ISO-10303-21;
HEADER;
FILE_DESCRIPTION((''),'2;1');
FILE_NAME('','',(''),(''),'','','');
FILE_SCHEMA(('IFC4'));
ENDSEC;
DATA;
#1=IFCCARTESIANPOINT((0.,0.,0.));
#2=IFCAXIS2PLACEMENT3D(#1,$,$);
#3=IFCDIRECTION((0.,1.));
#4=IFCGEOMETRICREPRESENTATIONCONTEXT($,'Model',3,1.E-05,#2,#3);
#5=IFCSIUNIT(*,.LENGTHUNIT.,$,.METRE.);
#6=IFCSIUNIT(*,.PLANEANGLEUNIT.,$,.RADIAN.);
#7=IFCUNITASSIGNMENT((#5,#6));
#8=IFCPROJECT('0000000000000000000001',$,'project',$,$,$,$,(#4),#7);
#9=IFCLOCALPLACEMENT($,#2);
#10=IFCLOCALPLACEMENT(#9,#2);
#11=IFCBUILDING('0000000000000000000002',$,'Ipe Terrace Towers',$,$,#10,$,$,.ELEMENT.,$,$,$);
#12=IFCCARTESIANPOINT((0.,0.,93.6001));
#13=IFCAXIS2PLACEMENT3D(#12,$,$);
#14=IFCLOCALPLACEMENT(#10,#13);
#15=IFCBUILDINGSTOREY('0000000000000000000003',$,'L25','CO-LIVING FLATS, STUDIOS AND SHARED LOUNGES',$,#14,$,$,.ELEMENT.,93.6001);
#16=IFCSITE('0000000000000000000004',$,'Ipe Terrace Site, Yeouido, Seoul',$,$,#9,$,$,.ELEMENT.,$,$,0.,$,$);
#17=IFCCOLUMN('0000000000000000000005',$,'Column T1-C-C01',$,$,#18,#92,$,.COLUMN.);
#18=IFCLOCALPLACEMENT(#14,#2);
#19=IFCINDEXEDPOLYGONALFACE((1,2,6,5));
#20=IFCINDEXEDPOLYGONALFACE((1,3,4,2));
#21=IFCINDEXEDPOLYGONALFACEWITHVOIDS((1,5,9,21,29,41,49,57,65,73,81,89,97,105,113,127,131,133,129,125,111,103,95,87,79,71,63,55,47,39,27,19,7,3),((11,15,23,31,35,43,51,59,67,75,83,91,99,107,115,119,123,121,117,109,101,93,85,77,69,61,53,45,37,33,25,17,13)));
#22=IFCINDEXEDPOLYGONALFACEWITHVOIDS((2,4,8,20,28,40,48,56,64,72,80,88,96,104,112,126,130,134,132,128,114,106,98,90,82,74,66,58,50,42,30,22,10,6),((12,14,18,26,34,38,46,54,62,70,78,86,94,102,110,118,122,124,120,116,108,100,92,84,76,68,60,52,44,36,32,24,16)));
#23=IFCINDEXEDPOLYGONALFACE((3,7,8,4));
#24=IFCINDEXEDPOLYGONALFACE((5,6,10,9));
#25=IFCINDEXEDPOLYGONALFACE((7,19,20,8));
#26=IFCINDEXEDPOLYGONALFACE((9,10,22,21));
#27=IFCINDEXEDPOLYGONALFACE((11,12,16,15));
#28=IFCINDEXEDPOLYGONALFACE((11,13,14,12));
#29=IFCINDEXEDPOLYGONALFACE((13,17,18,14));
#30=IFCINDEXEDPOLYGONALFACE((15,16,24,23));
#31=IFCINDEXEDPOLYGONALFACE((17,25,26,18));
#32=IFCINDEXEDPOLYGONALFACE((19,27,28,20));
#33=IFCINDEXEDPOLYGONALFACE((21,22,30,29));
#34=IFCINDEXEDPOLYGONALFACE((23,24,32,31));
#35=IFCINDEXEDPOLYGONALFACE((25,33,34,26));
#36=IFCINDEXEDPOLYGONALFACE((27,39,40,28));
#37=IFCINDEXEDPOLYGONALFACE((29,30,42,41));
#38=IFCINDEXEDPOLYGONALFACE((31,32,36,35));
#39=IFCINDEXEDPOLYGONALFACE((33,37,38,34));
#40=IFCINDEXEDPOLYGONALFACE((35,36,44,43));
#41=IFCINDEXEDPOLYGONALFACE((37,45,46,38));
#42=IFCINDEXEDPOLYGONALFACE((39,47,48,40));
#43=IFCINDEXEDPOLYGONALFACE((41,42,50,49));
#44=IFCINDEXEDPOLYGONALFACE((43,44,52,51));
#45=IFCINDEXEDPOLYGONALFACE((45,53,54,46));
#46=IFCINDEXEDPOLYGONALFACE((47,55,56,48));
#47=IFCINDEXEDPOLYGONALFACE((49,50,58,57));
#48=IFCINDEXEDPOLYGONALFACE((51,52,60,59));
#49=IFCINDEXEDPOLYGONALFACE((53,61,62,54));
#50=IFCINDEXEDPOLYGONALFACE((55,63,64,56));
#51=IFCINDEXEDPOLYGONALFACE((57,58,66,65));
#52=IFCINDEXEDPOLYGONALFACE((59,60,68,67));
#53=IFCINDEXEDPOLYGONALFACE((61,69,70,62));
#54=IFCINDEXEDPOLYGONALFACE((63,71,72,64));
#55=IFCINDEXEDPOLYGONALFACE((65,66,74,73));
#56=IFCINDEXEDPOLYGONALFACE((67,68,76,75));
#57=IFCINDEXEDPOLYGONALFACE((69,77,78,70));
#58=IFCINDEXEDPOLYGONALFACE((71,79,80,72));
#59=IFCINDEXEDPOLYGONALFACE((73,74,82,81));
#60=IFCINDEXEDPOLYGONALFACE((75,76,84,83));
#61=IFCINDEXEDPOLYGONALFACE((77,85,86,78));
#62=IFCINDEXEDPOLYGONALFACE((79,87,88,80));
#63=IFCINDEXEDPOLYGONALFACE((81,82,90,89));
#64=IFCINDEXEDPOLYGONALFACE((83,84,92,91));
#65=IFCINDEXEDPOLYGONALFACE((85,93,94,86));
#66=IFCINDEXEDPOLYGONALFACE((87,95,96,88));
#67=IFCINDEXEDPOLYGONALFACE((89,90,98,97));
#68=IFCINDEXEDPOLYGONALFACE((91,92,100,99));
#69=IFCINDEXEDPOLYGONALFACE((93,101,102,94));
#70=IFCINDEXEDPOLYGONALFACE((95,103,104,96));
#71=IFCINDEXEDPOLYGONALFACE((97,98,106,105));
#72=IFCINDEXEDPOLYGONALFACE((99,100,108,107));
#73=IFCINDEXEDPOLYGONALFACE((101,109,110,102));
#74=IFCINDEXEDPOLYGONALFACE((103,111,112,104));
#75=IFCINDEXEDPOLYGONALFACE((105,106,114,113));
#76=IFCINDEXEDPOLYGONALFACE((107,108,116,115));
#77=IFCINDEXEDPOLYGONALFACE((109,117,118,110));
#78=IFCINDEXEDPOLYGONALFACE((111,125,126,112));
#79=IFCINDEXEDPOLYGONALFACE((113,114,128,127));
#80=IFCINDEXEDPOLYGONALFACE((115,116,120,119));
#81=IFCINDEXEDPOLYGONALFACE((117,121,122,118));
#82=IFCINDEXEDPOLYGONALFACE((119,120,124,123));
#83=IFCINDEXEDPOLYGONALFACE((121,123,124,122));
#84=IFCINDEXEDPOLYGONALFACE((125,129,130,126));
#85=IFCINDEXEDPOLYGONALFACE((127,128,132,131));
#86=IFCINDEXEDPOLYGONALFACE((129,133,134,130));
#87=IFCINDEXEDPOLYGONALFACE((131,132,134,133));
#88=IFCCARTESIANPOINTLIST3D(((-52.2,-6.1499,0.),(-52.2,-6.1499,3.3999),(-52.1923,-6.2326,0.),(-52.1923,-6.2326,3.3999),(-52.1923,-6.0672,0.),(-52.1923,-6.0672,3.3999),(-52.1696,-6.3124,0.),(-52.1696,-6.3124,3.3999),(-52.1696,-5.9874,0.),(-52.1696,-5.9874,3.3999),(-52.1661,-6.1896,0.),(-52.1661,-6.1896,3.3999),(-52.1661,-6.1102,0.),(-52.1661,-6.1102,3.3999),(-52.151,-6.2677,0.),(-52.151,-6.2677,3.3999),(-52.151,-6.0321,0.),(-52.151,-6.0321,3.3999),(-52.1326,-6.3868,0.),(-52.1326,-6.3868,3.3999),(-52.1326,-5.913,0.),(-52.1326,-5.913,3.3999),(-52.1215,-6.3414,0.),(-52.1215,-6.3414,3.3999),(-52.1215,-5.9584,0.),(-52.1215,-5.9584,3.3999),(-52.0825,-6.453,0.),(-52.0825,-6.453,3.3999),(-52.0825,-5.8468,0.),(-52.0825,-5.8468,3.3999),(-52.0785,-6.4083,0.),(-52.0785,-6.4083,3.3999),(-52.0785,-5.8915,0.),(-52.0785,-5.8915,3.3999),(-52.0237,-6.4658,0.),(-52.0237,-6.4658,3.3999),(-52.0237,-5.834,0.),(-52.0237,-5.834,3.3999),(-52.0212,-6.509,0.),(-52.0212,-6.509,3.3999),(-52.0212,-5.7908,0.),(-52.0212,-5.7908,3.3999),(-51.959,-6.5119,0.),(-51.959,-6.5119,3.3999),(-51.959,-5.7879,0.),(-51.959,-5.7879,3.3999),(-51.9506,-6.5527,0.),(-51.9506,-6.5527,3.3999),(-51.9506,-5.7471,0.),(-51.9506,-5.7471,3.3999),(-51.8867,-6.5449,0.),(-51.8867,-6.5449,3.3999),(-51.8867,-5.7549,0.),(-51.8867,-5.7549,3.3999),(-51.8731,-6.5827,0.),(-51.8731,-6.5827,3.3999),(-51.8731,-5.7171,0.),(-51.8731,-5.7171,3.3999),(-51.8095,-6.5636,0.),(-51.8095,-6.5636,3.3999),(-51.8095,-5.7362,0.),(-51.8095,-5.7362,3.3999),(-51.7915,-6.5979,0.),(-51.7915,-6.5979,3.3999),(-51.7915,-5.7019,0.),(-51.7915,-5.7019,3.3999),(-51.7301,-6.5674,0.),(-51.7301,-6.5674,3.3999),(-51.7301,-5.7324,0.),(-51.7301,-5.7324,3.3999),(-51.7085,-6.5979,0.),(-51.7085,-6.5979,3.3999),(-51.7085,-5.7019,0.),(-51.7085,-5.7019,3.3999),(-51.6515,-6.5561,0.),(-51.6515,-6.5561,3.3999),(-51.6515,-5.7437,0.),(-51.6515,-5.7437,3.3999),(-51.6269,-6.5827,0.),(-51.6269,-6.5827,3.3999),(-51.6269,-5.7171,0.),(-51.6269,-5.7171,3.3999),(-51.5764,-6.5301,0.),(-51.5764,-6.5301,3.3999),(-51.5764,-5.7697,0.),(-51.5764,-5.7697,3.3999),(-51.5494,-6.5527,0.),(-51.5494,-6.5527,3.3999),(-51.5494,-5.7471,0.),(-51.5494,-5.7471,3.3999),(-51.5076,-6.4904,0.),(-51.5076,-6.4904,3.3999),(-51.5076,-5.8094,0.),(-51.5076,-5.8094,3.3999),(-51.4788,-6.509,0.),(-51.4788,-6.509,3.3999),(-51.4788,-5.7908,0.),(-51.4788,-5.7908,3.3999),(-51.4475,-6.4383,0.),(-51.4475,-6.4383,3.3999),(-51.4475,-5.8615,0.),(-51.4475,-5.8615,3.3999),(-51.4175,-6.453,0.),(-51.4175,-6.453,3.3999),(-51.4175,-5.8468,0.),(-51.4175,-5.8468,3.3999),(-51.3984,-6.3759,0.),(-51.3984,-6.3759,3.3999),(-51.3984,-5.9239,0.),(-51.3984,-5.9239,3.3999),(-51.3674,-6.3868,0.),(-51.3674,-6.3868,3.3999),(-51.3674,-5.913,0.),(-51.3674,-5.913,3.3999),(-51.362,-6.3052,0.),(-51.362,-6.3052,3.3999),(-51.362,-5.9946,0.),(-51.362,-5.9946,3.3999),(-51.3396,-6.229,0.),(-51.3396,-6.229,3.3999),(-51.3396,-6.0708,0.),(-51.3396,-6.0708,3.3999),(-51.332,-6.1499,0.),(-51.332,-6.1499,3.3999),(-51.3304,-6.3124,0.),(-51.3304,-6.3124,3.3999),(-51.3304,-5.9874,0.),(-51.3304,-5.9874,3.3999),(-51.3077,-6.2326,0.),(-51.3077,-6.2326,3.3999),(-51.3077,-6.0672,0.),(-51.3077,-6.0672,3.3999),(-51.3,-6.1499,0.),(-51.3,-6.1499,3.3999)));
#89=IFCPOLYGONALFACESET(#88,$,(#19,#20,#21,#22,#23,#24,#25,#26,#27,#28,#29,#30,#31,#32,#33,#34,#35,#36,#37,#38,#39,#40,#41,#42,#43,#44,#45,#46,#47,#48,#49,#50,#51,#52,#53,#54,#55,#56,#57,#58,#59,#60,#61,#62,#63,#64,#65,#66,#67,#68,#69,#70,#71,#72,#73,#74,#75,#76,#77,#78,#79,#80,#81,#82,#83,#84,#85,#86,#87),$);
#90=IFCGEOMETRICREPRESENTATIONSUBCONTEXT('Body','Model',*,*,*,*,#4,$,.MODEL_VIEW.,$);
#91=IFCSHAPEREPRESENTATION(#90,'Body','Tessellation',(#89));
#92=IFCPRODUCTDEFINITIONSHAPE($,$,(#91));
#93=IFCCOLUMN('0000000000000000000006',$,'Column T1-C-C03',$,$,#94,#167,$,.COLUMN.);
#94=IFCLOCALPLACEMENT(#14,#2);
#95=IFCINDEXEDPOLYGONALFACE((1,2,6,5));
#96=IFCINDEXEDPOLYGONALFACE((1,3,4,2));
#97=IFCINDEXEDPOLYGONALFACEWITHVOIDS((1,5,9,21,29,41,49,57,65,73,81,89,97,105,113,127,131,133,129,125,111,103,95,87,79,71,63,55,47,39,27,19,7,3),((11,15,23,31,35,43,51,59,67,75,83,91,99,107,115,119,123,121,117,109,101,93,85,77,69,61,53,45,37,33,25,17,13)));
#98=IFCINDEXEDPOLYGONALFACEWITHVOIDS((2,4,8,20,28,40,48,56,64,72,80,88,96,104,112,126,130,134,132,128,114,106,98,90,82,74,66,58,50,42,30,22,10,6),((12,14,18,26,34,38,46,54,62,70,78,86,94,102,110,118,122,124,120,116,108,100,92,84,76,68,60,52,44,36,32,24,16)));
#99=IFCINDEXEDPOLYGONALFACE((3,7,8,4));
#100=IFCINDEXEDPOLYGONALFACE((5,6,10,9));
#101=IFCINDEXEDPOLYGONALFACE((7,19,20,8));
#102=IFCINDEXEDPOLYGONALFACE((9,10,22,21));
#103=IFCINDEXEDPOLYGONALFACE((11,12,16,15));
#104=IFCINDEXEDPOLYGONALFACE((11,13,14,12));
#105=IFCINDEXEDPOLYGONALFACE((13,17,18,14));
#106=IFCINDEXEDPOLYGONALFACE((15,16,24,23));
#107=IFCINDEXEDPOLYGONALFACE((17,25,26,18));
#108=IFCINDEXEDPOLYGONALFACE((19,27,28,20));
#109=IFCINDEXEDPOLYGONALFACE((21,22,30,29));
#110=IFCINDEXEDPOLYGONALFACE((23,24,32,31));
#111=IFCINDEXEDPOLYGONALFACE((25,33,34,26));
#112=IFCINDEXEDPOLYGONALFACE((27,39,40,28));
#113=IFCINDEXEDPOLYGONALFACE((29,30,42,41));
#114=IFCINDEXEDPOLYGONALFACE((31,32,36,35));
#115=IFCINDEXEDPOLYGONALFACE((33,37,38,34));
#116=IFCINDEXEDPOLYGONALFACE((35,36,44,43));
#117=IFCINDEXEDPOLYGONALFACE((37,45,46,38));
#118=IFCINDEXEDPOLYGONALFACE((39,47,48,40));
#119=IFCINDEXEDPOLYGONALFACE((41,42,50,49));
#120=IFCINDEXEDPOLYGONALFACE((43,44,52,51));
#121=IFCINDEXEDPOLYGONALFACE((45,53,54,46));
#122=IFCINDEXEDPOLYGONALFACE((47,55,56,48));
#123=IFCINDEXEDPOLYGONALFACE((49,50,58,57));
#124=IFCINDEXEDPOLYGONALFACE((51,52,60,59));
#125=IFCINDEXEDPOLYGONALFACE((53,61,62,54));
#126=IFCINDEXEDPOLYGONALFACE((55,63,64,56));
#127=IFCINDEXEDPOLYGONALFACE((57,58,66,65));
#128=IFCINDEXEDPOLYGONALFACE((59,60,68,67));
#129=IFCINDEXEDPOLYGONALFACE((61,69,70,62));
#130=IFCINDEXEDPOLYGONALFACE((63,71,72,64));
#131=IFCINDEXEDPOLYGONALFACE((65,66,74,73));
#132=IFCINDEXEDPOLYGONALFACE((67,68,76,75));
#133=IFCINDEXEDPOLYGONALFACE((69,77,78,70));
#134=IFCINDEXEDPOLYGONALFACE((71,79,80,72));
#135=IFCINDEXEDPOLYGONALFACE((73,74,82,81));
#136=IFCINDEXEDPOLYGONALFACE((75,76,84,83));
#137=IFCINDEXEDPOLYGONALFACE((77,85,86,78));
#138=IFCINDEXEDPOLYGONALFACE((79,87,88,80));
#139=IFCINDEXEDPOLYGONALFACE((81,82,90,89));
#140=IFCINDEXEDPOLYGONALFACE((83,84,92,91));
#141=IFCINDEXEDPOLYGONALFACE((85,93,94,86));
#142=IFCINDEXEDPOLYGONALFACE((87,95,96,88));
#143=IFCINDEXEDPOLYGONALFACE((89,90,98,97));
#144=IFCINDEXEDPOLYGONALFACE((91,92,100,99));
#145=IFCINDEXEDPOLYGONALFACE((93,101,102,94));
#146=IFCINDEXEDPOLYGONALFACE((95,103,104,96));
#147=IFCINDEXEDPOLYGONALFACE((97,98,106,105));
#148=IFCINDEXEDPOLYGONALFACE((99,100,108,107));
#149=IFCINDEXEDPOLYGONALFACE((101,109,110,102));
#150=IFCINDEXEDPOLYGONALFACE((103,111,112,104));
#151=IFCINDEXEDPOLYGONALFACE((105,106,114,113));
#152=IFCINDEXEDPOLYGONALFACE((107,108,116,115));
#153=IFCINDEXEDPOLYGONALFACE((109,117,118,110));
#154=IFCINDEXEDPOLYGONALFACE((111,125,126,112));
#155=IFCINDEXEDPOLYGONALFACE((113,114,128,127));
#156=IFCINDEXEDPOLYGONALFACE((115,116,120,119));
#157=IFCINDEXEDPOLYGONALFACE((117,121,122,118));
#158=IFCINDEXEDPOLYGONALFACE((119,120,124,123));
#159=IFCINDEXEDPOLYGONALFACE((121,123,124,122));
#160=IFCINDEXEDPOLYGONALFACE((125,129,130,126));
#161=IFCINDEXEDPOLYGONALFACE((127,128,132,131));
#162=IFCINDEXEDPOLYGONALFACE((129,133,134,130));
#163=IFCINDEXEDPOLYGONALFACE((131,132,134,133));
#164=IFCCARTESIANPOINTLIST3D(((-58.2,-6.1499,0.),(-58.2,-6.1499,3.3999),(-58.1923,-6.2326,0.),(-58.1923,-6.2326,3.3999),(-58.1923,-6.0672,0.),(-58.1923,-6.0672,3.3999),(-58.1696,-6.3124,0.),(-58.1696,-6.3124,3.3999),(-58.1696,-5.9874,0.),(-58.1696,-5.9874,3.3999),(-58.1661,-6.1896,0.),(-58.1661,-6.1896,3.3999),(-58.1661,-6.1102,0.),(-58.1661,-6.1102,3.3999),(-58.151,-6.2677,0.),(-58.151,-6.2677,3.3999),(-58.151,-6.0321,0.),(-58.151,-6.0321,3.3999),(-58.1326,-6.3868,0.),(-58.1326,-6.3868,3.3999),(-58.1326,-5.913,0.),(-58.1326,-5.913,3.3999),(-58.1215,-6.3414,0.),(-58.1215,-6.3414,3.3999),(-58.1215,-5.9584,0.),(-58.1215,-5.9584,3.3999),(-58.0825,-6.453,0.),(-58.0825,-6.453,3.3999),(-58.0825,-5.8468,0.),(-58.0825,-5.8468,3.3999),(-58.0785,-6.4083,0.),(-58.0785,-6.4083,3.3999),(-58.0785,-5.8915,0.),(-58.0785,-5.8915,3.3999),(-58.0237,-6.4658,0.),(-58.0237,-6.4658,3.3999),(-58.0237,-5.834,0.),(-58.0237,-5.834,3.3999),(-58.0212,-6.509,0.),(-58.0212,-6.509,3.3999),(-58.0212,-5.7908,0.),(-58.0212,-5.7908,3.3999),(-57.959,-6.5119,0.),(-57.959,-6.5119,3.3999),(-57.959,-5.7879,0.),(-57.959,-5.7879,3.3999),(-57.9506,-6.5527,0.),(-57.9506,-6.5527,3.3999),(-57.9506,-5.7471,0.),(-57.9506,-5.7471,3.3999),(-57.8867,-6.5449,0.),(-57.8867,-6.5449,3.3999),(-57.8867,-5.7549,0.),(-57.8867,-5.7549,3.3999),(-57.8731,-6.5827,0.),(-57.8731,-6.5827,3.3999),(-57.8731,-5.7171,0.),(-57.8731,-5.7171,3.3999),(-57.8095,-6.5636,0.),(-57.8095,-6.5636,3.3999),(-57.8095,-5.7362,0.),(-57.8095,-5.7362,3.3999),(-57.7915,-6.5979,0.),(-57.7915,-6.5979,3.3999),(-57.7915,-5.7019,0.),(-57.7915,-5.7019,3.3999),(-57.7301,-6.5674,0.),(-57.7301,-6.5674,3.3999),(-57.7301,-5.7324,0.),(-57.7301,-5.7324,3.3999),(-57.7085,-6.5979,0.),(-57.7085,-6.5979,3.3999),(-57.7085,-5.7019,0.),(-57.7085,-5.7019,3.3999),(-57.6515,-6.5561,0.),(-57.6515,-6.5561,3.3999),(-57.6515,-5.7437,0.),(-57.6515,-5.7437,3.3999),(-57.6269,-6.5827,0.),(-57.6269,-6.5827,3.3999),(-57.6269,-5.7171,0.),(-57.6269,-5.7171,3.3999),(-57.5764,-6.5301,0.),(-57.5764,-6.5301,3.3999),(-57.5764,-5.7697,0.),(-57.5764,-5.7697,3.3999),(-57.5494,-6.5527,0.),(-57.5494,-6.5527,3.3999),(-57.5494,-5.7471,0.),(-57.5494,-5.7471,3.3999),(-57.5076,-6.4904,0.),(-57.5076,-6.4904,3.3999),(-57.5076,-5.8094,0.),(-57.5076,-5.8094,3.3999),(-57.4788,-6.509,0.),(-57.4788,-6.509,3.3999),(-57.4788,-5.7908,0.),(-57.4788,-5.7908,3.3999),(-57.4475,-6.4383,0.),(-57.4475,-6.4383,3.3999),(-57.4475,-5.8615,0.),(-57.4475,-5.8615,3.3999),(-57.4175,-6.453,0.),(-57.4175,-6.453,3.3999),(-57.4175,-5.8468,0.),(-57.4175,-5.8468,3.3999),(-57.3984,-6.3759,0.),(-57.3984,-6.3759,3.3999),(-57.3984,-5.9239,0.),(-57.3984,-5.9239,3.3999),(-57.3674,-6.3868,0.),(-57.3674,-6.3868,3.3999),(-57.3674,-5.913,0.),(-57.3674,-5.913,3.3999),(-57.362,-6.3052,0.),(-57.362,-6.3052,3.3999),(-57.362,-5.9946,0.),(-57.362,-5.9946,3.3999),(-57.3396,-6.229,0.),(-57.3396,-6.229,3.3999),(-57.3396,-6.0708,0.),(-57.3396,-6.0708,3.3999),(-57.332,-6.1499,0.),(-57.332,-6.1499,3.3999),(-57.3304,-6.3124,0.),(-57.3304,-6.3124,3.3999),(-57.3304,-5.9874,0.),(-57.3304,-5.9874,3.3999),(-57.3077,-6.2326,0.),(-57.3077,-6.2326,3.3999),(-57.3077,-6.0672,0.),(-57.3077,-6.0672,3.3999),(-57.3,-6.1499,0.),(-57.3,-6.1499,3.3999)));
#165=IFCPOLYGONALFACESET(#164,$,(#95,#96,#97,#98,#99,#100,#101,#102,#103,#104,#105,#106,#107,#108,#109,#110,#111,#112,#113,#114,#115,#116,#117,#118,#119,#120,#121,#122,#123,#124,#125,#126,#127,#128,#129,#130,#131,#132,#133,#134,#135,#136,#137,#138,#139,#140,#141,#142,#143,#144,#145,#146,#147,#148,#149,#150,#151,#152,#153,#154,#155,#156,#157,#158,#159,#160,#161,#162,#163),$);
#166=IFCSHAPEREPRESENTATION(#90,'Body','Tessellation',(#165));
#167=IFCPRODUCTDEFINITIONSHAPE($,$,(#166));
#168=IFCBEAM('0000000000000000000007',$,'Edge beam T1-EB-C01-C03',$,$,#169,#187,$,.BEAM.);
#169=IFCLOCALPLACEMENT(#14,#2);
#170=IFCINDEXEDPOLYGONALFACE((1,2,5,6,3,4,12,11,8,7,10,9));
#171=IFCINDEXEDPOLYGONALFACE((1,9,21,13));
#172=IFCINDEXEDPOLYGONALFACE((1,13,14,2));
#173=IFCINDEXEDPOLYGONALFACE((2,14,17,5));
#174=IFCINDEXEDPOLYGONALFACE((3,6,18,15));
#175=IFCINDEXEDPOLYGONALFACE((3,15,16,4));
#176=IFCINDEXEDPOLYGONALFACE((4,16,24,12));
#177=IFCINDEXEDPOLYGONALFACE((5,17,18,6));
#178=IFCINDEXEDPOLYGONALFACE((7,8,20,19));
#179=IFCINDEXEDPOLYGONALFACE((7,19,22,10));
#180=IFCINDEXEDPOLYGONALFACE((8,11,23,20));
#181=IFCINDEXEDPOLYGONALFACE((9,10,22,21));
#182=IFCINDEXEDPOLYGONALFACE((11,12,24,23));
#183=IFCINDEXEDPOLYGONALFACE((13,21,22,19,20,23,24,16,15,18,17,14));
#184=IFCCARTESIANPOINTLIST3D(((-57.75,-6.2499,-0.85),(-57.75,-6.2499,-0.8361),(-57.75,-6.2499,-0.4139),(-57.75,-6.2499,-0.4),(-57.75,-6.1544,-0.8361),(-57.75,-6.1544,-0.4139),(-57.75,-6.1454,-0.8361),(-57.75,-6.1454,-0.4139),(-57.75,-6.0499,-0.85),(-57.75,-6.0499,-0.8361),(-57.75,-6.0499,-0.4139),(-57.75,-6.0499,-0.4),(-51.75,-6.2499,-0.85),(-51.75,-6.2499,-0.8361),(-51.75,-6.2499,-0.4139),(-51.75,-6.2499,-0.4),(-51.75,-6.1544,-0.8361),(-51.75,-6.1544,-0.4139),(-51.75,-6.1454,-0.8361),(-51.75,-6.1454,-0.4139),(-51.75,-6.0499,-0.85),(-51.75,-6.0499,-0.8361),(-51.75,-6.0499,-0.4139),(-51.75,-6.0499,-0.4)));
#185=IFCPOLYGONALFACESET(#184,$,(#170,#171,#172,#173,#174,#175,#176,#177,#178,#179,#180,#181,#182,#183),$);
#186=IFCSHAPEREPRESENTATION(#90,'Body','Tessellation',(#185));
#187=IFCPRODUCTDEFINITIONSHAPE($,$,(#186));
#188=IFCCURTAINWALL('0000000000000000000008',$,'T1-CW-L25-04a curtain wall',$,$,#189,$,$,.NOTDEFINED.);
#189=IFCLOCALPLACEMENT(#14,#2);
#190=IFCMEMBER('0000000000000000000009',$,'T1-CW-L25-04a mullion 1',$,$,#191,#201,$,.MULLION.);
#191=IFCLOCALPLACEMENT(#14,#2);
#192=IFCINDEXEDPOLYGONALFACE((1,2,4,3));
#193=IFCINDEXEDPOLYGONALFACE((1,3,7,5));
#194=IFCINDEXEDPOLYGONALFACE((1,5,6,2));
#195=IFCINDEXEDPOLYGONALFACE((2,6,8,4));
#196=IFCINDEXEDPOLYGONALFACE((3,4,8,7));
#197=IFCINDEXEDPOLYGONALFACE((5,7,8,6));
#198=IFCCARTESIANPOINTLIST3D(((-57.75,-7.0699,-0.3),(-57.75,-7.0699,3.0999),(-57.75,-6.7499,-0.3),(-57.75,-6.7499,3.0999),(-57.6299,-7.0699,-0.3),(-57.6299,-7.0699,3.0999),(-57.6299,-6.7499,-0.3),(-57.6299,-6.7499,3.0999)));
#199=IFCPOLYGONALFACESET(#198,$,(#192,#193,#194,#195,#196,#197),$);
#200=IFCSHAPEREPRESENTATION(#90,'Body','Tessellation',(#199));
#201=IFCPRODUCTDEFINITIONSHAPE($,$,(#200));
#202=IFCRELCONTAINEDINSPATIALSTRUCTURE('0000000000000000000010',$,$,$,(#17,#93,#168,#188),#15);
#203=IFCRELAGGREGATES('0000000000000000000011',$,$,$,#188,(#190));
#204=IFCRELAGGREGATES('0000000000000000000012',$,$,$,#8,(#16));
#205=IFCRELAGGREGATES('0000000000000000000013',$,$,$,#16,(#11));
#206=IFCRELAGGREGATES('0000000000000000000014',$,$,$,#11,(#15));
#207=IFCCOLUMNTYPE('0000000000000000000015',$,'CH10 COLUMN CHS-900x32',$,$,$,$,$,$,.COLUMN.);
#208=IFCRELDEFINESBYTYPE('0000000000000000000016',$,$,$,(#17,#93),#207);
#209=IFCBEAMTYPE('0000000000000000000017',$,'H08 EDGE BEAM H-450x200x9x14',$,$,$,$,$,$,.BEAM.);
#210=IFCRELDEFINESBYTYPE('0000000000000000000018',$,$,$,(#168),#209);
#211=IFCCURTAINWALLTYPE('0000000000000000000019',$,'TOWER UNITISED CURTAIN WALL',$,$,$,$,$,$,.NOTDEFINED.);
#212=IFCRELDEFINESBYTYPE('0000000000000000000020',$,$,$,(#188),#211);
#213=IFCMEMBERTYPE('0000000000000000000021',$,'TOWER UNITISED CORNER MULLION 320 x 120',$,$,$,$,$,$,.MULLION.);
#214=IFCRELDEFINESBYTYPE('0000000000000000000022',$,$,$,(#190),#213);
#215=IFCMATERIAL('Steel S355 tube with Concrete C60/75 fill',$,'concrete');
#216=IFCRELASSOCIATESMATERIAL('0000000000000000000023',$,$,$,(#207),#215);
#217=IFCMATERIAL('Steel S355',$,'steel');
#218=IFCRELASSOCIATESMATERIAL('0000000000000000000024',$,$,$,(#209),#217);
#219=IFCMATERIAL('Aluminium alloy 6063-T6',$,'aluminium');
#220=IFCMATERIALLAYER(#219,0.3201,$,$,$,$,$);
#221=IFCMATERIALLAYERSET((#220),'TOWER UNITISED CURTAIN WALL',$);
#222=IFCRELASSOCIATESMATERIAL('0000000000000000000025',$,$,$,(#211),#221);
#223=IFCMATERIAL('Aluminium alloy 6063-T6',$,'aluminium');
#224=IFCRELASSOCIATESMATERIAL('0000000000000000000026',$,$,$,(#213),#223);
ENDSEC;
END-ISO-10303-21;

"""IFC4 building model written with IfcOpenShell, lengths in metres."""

from ifc_helpers import new_model, si_unit, direction, frame, origin, origin_2d, place, context, subcontext, project, spatial, rectangle, hollow_circle, i_section, extrude, material, layer, layer_set, material_profile, profile_set, type_object, element, aggregate, save


model = new_model("IFC4")

# Units and contexts
model_context = context("Model", 3, precision=1e-05, world=origin(), true_north=direction((0.0, 1.0)))
body_context = subcontext(model_context, "Body", "Model", "MODEL_VIEW")
ifc_project = project(units=[si_unit("LENGTHUNIT", "METRE"), si_unit("PLANEANGLEUNIT", "RADIAN")], contexts=[model_context])

# Site, building, storey
site_placement = place(None, origin())
site = spatial("IfcSite", under=ifc_project, at=site_placement, Name="Ipe Terrace Site, Yeouido, Seoul", CompositionType="ELEMENT", RefElevation=0.0)
building_placement = place(site_placement, origin())
building = spatial("IfcBuilding", under=site, at=building_placement, Name="Ipe Terrace Towers", CompositionType="ELEMENT")
storey_placement = place(building_placement, frame((0.0, 0.0, 93.6001)))
storey = spatial("IfcBuildingStorey", under=building, at=storey_placement, Name="L25", Description="CO-LIVING FLATS, STUDIOS AND SHARED LOUNGES", CompositionType="ELEMENT", Elevation=93.6001)

# Columns
ifc_material_1 = material(Name="Steel S355 tube with Concrete C60/75 fill", Category="concrete")
ifc_material_profile_1 = material_profile(ifc_material_1, hollow_circle(Radius=0.45, WallThickness=0.032, at=origin_2d()), Name="CHS-900x32")
ifc_profile_set_1 = profile_set([ifc_material_profile_1], Name="Steel S355 tube with Concrete C60/75 fill")
column_type = type_object("IfcColumnType", Name="CH10 COLUMN CHS-900x32", PredefinedType="COLUMN", material=ifc_profile_set_1)
for number, where, z_axis, x_axis, name in (
    (1, (-51.75, -6.1499, 0.0), (0.0, 0.0, 1.0), (1.0, 0.0, 0.0), "Column T1-C-C01"),
    (2, (-57.75, -6.1499, 0.0), (0.0, 0.0, 1.0), (1.0, 0.0, 0.0), "Column T1-C-C03"),
):
    element("IfcColumn", number, at=place(storey_placement, frame(where, z_axis=z_axis, x_axis=x_axis)), inside=storey, type_object=column_type, Name=name, PredefinedType="COLUMN", context=body_context, shape_type="SweptSolid", body=[
        extrude(hollow_circle(Radius=0.45, WallThickness=0.032, at=origin_2d()), origin(), (0.0, 0.0, 1.0), 3.3999),
    ])

# Beam
ifc_material_2 = material(Name="Steel S355", Category="steel")
ifc_material_profile_2 = material_profile(ifc_material_2, i_section(OverallWidth=0.2, OverallDepth=0.45, WebThickness=0.009, FlangeThickness=0.0139, at=origin_2d()), Name="H-450x200x9x14")
ifc_profile_set_2 = profile_set([ifc_material_profile_2], Name="Steel S355")
beam_type = type_object("IfcBeamType", Name="H08 EDGE BEAM H-450x200x9x14", PredefinedType="BEAM", material=ifc_profile_set_2)
beam_placement = place(storey_placement, frame((-51.75, -6.1499, -0.625), z_axis=(-1.0, 0.0, 0.0), x_axis=(0.0, -1.0, 0.0)))
element("IfcBeam", 3, at=beam_placement, inside=storey, type_object=beam_type, Name="Edge beam T1-EB-C01-C03", PredefinedType="BEAM", context=body_context, shape_type="SweptSolid", body=[
    extrude(i_section(OverallWidth=0.2, OverallDepth=0.45, WebThickness=0.009, FlangeThickness=0.0139, at=origin_2d()), origin(), (0.0, 0.0, 1.0), 6.0),
])

# Curtain wall, member
ifc_material_3 = material(Name="Aluminium alloy 6063-T6", Category="aluminium")
ifc_layer_1 = layer(ifc_material_3, 0.3201)
ifc_layer_set_1 = layer_set([ifc_layer_1], Name="TOWER UNITISED CURTAIN WALL")
curtain_wall_type = type_object("IfcCurtainWallType", Name="TOWER UNITISED CURTAIN WALL", PredefinedType="NOTDEFINED", material=ifc_layer_set_1)
curtain_wall_1_placement = place(storey_placement, origin())
curtain_wall_1 = element("IfcCurtainWall", 4, at=curtain_wall_1_placement, inside=storey, type_object=curtain_wall_type, Name="T1-CW-L25-04a curtain wall", PredefinedType="NOTDEFINED")
ifc_material_4 = material(Name="Aluminium alloy 6063-T6", Category="aluminium")
ifc_material_profile_3 = material_profile(ifc_material_4, rectangle(XDim=0.3201, YDim=0.1201, at=origin_2d()), Name="TOWER UNITISED CORNER MULLION 320 x 120")
ifc_profile_set_3 = profile_set([ifc_material_profile_3], Name="Aluminium alloy 6063-T6")
member_type = type_object("IfcMemberType", Name="TOWER UNITISED CORNER MULLION 320 x 120", PredefinedType="MULLION", material=ifc_profile_set_3)
member_1_placement = place(storey_placement, frame((-57.6899, -6.9099, -0.3), z_axis=(0.0, 0.0, 1.0), x_axis=(0.0, -1.0, 0.0)))
member_1 = element("IfcMember", 5, at=member_1_placement, type_object=member_type, Name="T1-CW-L25-04a mullion 1", PredefinedType="MULLION", context=body_context, shape_type="SweptSolid", body=[
    extrude(rectangle(XDim=0.3201, YDim=0.1201, at=origin_2d()), origin(), (0.0, 0.0, 1.0), 3.3999),
])

aggregate(curtain_wall_1, [member_1])

save(model, "model.ifc")
